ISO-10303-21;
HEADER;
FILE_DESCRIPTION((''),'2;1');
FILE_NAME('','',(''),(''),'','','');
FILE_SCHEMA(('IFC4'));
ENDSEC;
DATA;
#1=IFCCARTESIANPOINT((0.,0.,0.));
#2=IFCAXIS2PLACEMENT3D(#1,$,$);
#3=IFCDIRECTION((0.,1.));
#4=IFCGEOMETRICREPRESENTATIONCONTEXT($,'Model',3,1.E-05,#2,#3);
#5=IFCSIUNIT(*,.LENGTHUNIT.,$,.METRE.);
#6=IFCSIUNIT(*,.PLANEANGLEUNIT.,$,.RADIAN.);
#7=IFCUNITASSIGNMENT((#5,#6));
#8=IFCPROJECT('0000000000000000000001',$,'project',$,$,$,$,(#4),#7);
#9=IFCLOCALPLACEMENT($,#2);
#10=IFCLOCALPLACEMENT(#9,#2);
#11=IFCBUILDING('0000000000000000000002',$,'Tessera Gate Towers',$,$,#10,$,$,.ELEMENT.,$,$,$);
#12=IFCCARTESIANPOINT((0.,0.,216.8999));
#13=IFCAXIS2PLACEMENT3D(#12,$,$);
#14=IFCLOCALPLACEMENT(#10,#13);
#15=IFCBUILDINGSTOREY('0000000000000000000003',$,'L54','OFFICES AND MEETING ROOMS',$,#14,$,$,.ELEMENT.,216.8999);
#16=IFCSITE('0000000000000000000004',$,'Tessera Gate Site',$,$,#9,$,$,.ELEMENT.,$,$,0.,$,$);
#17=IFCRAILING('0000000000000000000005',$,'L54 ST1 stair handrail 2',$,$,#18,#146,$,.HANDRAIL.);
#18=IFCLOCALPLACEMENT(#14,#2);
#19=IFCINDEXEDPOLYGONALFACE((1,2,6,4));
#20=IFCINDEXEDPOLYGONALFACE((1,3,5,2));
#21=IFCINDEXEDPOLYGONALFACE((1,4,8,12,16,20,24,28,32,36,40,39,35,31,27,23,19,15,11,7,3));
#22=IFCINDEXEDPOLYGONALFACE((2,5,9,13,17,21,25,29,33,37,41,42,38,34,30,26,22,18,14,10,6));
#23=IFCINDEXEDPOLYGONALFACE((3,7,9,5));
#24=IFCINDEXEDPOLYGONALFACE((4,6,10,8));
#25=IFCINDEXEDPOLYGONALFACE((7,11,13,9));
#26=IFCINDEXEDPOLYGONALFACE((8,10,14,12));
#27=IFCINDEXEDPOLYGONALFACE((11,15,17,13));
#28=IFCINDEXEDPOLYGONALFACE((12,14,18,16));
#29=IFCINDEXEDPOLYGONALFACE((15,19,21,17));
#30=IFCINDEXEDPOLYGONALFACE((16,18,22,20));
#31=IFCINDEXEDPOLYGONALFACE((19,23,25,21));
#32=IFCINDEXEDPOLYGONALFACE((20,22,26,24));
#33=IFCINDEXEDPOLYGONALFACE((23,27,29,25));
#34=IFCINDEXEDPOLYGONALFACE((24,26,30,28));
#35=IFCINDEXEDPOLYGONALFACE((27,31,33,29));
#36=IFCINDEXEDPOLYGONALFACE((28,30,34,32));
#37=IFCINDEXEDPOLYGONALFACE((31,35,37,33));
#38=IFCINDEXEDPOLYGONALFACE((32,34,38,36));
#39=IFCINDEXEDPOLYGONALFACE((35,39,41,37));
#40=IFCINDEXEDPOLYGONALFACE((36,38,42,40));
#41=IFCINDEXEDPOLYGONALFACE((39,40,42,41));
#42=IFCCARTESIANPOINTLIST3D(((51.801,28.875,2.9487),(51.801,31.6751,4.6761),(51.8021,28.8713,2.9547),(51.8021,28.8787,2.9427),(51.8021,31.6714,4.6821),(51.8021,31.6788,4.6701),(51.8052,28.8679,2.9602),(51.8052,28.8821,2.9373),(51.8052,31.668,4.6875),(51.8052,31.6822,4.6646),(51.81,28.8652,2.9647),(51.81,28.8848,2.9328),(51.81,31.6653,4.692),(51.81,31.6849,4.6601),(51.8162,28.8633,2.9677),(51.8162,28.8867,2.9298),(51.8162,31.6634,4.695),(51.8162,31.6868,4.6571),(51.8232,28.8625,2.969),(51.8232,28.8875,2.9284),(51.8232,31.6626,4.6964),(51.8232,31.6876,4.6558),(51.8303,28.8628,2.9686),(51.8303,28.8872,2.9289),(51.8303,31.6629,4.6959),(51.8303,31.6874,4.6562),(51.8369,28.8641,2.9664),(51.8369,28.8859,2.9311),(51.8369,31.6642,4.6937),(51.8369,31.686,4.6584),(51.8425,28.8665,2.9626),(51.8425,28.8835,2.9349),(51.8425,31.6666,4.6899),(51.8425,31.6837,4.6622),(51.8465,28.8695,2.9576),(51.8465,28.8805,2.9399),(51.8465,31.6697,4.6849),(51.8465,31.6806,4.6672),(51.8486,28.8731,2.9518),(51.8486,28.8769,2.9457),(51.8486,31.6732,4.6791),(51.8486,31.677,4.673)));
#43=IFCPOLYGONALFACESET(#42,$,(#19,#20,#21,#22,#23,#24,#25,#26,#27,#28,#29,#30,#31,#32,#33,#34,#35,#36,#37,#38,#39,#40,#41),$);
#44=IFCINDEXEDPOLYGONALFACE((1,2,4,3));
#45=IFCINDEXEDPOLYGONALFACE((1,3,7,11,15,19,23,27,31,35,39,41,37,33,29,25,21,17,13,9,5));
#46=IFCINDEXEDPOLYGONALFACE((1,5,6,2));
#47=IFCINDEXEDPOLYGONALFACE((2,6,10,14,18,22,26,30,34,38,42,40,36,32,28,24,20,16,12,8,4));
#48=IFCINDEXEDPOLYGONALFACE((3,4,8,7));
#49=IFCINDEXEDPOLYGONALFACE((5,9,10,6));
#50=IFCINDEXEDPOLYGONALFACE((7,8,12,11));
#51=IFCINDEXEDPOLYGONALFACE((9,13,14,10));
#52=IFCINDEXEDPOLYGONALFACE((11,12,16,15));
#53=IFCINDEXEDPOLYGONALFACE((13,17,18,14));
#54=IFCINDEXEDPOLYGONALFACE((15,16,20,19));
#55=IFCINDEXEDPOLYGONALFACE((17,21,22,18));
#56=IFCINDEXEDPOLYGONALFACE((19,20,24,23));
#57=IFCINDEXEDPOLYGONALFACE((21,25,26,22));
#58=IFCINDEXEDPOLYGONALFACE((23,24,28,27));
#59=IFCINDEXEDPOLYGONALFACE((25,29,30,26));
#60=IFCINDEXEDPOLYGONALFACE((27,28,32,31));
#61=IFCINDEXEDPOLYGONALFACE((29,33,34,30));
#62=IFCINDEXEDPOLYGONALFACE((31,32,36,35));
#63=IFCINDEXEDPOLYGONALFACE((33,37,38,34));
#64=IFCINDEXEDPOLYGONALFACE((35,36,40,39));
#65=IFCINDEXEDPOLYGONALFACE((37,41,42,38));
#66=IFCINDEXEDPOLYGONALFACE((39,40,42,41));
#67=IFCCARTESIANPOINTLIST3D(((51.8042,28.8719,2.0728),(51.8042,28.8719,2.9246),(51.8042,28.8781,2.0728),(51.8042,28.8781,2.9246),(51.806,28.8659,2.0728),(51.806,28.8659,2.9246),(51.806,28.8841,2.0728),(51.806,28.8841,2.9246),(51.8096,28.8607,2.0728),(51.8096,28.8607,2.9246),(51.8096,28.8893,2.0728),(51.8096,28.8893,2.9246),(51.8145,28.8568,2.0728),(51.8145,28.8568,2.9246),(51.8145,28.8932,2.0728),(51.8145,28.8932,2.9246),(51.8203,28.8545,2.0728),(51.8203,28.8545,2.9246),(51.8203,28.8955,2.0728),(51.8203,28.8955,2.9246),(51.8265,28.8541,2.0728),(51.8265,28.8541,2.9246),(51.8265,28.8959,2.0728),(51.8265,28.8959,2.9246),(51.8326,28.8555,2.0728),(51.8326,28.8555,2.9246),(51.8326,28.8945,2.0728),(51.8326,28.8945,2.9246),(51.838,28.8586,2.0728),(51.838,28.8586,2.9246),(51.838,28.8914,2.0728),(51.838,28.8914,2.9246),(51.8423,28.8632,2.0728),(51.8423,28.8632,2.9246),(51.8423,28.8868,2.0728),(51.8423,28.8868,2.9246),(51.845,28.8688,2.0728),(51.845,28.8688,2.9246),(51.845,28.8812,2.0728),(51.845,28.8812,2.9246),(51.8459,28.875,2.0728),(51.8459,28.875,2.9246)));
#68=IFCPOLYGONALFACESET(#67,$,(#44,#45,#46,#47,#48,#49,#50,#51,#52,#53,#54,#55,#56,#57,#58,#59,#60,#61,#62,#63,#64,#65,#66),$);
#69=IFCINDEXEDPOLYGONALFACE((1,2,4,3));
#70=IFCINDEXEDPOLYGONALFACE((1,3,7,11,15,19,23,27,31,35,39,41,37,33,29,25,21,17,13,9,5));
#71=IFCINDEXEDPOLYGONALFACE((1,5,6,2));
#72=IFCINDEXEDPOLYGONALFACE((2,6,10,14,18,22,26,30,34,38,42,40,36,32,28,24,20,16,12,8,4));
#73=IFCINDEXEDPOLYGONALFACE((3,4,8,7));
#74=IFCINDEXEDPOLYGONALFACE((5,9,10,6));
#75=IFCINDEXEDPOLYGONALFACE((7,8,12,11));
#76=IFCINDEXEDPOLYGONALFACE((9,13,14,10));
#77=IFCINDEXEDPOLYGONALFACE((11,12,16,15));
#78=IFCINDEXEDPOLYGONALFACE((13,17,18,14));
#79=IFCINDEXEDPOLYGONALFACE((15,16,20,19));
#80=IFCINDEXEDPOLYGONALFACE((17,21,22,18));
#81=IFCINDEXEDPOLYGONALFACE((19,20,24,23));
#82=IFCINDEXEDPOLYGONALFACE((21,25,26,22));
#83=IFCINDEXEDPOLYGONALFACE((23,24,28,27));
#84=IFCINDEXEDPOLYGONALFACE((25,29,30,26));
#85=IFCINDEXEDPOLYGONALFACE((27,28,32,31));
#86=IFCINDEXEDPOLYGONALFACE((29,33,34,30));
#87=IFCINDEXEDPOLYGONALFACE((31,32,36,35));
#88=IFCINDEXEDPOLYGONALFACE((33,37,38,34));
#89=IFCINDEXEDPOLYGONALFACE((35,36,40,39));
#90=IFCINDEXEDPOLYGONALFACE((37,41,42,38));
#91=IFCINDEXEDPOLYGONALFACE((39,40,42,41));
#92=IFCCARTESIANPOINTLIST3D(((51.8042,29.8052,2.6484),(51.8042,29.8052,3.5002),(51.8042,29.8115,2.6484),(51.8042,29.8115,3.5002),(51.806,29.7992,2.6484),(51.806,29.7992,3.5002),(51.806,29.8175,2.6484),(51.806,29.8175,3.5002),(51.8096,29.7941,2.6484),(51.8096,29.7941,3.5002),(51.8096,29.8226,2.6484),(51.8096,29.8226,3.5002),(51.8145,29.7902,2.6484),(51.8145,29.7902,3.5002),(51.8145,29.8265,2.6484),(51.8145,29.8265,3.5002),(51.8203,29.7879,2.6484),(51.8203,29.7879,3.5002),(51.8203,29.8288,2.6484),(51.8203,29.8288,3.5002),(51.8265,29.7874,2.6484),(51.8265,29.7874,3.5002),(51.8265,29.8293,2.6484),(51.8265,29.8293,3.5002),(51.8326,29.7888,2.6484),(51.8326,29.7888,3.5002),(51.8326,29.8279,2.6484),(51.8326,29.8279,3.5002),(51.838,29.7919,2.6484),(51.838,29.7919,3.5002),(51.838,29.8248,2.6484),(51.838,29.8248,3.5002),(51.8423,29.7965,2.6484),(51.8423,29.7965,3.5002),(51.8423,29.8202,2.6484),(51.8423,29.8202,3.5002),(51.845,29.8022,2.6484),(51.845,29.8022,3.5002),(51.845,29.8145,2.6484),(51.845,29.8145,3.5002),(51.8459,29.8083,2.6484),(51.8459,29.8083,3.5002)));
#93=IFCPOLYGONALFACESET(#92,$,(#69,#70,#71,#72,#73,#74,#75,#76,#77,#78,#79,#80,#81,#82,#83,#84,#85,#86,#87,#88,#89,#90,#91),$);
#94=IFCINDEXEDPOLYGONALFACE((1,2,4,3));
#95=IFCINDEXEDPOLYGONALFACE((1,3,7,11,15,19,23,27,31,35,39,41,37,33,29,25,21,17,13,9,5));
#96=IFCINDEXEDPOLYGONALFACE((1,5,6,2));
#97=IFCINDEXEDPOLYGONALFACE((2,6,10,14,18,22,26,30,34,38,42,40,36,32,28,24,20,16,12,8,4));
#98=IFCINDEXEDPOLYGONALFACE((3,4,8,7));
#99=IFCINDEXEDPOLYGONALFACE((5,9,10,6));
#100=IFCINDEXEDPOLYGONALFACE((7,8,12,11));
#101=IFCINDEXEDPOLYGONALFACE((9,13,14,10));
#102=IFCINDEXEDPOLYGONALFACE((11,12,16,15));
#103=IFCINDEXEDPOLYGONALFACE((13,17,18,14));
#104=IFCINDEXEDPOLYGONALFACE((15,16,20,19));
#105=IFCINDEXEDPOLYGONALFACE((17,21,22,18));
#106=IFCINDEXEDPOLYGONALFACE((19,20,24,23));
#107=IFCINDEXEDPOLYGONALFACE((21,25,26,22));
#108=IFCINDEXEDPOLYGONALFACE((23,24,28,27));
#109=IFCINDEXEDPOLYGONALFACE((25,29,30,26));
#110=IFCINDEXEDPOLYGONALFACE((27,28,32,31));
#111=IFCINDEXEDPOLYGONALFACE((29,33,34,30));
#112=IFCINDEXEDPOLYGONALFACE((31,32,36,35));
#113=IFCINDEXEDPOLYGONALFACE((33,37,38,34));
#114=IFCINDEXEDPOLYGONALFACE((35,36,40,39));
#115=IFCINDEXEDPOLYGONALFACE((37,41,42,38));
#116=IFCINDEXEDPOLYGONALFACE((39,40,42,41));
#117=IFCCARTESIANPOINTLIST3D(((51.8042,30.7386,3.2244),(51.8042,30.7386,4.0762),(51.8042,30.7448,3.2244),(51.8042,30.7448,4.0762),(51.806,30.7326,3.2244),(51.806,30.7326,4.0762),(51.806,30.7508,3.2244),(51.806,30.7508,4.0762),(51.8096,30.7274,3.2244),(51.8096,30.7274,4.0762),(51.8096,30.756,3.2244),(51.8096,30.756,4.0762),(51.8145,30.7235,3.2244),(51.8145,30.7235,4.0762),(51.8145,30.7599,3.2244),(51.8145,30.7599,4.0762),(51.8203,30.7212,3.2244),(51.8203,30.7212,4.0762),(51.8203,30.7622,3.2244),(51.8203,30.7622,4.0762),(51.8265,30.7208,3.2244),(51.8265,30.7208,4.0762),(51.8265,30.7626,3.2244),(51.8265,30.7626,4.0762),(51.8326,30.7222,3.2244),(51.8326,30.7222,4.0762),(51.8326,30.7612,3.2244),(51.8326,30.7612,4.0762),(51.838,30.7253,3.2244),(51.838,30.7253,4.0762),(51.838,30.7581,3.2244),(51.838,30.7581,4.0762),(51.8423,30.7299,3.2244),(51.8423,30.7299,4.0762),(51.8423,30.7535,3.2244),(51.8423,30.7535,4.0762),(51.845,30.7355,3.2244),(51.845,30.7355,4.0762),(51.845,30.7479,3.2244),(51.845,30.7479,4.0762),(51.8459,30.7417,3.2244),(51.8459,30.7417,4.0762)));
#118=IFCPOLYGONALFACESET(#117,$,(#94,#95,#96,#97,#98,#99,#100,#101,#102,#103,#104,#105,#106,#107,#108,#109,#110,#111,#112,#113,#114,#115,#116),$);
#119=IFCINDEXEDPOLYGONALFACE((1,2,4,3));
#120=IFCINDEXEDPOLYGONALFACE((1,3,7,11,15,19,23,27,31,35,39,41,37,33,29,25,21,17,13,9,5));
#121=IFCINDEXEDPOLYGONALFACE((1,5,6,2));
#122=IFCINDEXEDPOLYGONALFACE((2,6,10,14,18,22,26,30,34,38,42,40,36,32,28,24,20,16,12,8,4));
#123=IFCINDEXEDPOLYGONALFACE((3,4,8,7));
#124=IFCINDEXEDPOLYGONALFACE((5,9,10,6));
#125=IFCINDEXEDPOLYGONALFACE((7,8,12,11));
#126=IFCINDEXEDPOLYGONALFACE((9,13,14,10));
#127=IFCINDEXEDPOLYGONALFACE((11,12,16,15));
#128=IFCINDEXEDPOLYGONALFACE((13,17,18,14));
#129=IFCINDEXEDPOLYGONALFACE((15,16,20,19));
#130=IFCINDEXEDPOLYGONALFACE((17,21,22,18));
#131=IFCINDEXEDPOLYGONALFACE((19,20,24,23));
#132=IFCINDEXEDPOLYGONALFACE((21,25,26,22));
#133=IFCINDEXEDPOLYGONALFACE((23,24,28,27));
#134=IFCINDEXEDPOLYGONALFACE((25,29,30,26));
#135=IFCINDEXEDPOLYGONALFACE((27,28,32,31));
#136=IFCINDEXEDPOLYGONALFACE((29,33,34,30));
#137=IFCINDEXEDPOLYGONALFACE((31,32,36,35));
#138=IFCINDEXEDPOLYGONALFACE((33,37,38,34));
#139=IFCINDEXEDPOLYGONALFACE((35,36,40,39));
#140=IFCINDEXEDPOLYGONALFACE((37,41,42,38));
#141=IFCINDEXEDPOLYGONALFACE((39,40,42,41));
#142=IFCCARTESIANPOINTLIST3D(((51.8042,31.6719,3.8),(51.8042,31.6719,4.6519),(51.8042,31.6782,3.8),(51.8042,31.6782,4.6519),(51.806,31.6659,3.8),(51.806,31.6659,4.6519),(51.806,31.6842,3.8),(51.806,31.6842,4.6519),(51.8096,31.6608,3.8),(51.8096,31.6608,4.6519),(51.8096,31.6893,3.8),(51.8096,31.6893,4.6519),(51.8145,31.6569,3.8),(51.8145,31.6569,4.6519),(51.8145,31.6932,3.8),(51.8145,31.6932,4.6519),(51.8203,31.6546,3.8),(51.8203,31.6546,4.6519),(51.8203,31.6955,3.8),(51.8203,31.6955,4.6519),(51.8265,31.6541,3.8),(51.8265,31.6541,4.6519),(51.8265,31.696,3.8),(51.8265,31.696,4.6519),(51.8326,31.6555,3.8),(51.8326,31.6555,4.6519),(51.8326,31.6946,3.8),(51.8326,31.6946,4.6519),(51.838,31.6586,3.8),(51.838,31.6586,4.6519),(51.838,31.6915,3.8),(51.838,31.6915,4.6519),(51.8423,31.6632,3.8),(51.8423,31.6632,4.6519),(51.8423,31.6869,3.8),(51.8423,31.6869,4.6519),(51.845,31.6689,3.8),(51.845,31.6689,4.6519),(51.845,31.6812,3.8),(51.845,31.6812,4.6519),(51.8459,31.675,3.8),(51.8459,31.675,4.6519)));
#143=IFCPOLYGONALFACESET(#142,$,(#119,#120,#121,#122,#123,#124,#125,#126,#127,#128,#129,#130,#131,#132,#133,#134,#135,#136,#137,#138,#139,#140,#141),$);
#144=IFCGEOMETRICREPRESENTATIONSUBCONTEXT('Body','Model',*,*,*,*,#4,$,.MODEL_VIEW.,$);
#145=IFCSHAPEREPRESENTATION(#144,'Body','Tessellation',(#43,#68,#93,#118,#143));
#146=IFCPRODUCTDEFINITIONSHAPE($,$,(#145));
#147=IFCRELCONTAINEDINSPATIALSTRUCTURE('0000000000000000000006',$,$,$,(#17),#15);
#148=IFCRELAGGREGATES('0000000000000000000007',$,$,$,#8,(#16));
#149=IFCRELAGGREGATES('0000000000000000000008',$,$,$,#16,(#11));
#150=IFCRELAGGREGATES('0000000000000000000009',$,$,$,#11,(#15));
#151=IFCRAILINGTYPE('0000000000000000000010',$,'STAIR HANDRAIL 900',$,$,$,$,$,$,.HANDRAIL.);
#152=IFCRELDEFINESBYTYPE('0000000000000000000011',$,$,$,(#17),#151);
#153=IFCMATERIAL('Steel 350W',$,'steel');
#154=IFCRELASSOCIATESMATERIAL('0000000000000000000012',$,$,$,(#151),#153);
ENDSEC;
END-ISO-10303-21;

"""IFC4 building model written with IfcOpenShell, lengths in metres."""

from ifc_helpers import new_model, si_unit, direction, frame, origin, origin_2d, place, context, subcontext, project, spatial, circle, extrude, material, type_object, element, save


model = new_model("IFC4")

# Units and contexts
model_context = context("Model", 3, precision=1e-05, world=origin(), true_north=direction((0.0, 1.0)))
body_context = subcontext(model_context, "Body", "Model", "MODEL_VIEW")
ifc_project = project(units=[si_unit("LENGTHUNIT", "METRE"), si_unit("PLANEANGLEUNIT", "RADIAN")], contexts=[model_context])

# Site, building, storey
site_placement = place(None, origin())
site = spatial("IfcSite", under=ifc_project, at=site_placement, Name="Tessera Gate Site", CompositionType="ELEMENT", RefElevation=0.0)
building_placement = place(site_placement, origin())
building = spatial("IfcBuilding", under=site, at=building_placement, Name="Tessera Gate Towers", CompositionType="ELEMENT")
storey_placement = place(building_placement, frame((0.0, 0.0, 216.8999)))
storey = spatial("IfcBuildingStorey", under=building, at=storey_placement, Name="L54", Description="OFFICES AND MEETING ROOMS", CompositionType="ELEMENT", Elevation=216.8999)

# Railing
ifc_material_1 = material(Name="Steel 350W", Category="steel")
railing_type = type_object("IfcRailingType", Name="STAIR HANDRAIL 900", PredefinedType="HANDRAIL", material=ifc_material_1)
railing_placement = place(storey_placement, frame((51.825, 28.875, 2.0728)))
element("IfcRailing", 1, at=railing_placement, inside=storey, type_object=railing_type, Name="L54 ST1 stair handrail 2", PredefinedType="HANDRAIL", context=body_context, shape_type="SweptSolid", body=[
    extrude(circle(Radius=0.0239, at=origin_2d()), frame((0.0, 0.0, 0.876), z_axis=(0.0, 0.85109, 0.52502), x_axis=(-1.0, 0.0, 0.0)), (0.0, 0.0, 1.0), 3.29),
    extrude(circle(Radius=0.021, at=origin_2d()), origin(), (0.0, 0.0, 1.0), 0.8518),
    extrude(circle(Radius=0.021, at=origin_2d()), frame((0.0, 0.9333, 0.5757)), (0.0, 0.0, 1.0), 0.8518),
    extrude(circle(Radius=0.021, at=origin_2d()), frame((0.0, 1.8667, 1.1516)), (0.0, 0.0, 1.0), 0.8518),
    extrude(circle(Radius=0.021, at=origin_2d()), frame((0.0, 2.8, 1.7273)), (0.0, 0.0, 1.0), 0.8518),
])

save(model, "model.ifc")
